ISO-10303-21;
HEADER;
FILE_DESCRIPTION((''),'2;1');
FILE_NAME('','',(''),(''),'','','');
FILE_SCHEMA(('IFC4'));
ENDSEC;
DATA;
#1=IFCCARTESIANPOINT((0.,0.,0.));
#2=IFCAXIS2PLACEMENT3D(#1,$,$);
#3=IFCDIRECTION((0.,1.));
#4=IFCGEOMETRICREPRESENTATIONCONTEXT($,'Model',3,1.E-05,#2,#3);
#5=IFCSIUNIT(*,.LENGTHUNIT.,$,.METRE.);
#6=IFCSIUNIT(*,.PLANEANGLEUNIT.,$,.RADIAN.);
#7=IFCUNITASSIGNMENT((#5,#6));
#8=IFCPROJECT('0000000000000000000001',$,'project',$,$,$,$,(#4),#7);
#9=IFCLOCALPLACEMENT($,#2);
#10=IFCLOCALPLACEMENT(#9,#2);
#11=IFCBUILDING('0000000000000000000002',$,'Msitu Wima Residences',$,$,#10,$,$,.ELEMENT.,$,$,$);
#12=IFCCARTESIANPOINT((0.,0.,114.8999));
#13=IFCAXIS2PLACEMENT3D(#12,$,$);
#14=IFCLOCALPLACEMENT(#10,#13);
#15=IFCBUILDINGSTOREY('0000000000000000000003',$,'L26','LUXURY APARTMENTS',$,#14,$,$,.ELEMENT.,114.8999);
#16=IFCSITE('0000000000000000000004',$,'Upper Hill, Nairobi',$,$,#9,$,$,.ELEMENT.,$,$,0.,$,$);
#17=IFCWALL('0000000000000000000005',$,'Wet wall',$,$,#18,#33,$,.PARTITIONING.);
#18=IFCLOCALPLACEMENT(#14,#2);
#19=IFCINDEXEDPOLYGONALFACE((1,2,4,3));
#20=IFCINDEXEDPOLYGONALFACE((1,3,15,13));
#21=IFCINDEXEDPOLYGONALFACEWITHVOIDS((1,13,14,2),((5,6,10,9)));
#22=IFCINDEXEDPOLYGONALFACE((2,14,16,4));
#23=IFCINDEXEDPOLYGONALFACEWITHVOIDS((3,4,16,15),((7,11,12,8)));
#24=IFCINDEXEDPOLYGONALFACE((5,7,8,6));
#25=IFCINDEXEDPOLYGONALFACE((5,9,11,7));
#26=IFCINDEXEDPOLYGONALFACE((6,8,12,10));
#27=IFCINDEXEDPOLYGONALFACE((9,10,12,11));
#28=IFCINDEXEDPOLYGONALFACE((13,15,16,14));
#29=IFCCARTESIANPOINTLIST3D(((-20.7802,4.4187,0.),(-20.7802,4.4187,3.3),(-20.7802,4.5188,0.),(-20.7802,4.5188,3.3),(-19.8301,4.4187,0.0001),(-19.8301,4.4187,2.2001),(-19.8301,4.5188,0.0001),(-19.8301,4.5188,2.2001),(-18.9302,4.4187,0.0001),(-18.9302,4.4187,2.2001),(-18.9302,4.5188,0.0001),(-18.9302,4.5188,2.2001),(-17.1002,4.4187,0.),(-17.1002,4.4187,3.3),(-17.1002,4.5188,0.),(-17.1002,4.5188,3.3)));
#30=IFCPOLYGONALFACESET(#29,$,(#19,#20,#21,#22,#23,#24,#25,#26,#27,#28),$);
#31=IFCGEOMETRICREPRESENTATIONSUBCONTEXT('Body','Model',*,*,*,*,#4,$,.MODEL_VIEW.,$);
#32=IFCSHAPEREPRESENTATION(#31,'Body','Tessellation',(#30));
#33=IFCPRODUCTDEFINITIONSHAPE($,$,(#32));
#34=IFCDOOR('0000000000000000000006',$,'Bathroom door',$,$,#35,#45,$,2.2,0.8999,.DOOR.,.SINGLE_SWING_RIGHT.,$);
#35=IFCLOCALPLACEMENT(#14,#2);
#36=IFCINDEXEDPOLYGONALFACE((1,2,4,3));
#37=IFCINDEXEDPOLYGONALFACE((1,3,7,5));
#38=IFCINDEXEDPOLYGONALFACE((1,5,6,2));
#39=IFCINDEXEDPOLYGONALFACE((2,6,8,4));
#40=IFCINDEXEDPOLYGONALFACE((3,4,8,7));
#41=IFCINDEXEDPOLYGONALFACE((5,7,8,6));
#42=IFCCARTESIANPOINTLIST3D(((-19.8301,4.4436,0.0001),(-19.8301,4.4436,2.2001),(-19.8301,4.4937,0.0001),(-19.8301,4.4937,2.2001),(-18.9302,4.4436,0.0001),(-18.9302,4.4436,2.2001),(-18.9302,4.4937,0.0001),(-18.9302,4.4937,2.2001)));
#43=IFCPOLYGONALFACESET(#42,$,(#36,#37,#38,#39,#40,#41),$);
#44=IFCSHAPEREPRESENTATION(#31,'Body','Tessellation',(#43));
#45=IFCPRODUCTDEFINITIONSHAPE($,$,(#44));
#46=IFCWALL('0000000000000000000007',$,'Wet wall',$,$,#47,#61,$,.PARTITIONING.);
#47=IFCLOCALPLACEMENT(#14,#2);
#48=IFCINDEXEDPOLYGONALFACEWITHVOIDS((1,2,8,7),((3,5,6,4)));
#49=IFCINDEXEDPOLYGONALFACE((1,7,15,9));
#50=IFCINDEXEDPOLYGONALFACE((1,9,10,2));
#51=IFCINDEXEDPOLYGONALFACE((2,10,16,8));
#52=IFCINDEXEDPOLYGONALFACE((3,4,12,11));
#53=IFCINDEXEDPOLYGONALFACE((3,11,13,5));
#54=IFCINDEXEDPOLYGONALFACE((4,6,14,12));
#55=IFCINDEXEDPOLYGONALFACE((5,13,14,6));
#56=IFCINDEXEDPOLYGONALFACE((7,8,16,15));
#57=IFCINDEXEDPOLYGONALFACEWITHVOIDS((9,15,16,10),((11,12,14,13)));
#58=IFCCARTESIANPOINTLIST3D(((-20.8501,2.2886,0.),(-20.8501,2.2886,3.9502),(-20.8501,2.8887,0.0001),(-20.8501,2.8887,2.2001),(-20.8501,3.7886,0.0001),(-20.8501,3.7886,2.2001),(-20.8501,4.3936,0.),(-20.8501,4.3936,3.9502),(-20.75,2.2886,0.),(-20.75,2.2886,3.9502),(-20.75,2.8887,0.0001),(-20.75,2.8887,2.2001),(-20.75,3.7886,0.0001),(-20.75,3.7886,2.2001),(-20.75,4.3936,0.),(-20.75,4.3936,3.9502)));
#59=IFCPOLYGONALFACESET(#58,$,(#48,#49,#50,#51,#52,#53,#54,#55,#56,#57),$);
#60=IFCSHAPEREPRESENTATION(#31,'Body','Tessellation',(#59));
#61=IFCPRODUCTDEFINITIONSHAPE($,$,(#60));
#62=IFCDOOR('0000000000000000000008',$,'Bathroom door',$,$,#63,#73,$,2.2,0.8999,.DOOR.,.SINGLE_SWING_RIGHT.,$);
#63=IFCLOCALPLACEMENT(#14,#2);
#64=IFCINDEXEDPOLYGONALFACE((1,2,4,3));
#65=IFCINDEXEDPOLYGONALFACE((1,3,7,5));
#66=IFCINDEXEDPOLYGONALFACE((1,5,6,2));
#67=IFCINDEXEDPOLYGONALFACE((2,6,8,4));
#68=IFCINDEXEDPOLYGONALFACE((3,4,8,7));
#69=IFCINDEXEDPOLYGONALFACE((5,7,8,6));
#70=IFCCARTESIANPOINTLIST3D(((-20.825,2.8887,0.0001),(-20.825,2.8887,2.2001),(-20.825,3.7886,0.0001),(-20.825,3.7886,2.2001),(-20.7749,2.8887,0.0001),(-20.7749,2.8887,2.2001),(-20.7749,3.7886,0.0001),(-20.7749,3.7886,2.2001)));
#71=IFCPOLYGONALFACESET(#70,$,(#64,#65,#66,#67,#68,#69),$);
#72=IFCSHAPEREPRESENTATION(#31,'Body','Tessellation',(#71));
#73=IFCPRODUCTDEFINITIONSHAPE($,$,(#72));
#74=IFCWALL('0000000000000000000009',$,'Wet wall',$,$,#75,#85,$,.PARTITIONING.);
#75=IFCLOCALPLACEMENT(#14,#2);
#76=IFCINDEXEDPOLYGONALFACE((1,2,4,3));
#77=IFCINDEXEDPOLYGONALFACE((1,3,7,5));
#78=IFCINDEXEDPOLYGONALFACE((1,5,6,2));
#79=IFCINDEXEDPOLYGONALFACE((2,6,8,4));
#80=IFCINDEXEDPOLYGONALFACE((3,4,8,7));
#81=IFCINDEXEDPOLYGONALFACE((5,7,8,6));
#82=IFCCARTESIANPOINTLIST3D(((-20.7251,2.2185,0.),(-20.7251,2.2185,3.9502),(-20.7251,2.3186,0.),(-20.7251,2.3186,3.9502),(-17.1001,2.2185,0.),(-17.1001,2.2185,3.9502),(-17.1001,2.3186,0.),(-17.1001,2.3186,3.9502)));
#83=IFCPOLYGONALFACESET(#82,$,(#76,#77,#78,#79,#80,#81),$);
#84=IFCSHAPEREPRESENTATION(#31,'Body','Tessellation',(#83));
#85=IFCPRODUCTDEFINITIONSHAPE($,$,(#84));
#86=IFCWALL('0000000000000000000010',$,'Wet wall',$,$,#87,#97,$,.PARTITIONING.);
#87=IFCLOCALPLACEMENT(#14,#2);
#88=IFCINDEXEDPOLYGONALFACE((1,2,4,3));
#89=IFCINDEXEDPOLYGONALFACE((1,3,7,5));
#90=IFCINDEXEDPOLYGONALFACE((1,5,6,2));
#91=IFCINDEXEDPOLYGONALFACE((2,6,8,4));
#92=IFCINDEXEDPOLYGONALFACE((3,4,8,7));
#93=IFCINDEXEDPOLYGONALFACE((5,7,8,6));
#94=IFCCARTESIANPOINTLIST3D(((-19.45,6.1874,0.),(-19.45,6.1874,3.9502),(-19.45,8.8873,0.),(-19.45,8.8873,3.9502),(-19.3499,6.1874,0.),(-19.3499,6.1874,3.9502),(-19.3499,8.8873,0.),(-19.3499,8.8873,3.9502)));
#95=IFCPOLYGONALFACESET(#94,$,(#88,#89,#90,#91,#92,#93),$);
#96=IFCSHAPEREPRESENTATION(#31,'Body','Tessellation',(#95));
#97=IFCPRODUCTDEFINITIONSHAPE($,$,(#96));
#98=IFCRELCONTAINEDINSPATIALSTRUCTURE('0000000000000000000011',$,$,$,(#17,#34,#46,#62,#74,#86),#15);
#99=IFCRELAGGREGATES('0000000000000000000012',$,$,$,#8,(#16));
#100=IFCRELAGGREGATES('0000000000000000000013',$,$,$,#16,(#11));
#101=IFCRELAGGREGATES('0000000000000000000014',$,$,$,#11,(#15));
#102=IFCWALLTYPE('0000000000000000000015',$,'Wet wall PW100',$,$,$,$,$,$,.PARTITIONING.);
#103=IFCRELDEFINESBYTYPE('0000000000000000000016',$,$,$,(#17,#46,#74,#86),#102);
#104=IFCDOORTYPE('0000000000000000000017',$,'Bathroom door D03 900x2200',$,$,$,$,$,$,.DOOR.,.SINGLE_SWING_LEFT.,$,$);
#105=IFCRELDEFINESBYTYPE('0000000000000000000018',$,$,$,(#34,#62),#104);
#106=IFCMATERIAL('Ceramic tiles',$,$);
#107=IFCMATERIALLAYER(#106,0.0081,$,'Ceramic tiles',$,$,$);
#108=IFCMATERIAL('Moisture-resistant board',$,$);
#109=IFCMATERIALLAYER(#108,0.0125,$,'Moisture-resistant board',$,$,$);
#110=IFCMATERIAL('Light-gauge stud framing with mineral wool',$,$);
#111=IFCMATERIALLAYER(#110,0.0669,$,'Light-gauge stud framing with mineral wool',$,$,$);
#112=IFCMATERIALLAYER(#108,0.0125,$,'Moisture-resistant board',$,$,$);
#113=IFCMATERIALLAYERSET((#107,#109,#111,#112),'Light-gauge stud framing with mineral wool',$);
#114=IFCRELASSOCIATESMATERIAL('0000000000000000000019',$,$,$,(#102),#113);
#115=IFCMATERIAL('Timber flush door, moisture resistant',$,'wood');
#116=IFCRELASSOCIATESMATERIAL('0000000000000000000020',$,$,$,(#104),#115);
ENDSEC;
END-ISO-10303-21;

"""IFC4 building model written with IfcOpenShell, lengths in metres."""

from ifc_helpers import new_model, si_unit, direction, frame, frame_2d, origin, place, context, subcontext, project, spatial, rectangle, extrude, material, layer, layer_set, type_object, element, fill, save


model = new_model("IFC4")

# Units and contexts
model_context = context("Model", 3, precision=1e-05, world=origin(), true_north=direction((0.0, 1.0)))
body_context = subcontext(model_context, "Body", "Model", "MODEL_VIEW")
ifc_project = project(units=[si_unit("LENGTHUNIT", "METRE"), si_unit("PLANEANGLEUNIT", "RADIAN")], contexts=[model_context])

# Site, building, storey
site_placement = place(None, origin())
site = spatial("IfcSite", under=ifc_project, at=site_placement, Name="Upper Hill, Nairobi", CompositionType="ELEMENT", RefElevation=0.0)
building_placement = place(site_placement, origin())
building = spatial("IfcBuilding", under=site, at=building_placement, Name="Msitu Wima Residences", CompositionType="ELEMENT")
storey_placement = place(building_placement, frame((0.0, 0.0, 114.8999)))
storey = spatial("IfcBuildingStorey", under=building, at=storey_placement, Name="L26", Description="LUXURY APARTMENTS", CompositionType="ELEMENT", Elevation=114.8999)

# Shared definitions
ifc_material_1 = material(Name="Ceramic tiles")
ifc_layer_1 = layer(ifc_material_1, 0.0081, Name="Ceramic tiles")
ifc_material_2 = material(Name="Moisture-resistant board")
ifc_layer_2 = layer(ifc_material_2, 0.0125, Name="Moisture-resistant board")
ifc_material_3 = material(Name="Light-gauge stud framing with mineral wool")
ifc_layer_3 = layer(ifc_material_3, 0.0669, Name="Light-gauge stud framing with mineral wool")
ifc_layer_4 = layer(ifc_material_2, 0.0125, Name="Moisture-resistant board")
ifc_layer_set_1 = layer_set([ifc_layer_1, ifc_layer_2, ifc_layer_3, ifc_layer_4], Name="Light-gauge stud framing with mineral wool")
wall_type_1 = type_object("IfcWallType", Name="Wet wall PW100", PredefinedType="PARTITIONING", material=ifc_layer_set_1)

# Shared definitions
ifc_material_4 = material(Name="Timber flush door, moisture resistant", Category="wood")
door_type_1 = type_object("IfcDoorType", Name="Bathroom door D03 900x2200", OperationType="SINGLE_SWING_LEFT", PredefinedType="DOOR", material=ifc_material_4)

# Walls, openings, doors
wall_1_placement = place(storey_placement, frame((-20.78, 4.4688, 0.0), z_axis=(0.0, 0.0, 1.0), x_axis=(1.0, 0.0, 0.0)))
wall_1 = element("IfcWall", 1, at=wall_1_placement, inside=storey, type_object=wall_type_1, Name="Wet wall", PredefinedType="PARTITIONING", context=body_context, shape_type="SweptSolid", body=[
    extrude(rectangle(XDim=3.6799, YDim=0.1001, at=frame_2d((1.8398, 0.0))), origin(), (0.0, 0.0, 1.0), 3.3),
])
opening_1_placement = place(wall_1_placement, frame((0.95, 0.0, 0.0)))
opening_1 = element("IfcOpeningElement", 2, at=opening_1_placement, cuts=wall_1, PredefinedType="OPENING", context=body_context, shape_type="SweptSolid", body=[
    extrude(rectangle(XDim=0.8999, YDim=2.2, at=frame_2d((0.45, 1.1001))), frame((0.0, 0.0601, 0.0), z_axis=(0.0, -1.0, 0.0), x_axis=(1.0, 0.0, 0.0)), (0.0, 0.0, 1.0), 0.1201),
])
door_1_placement = place(opening_1_placement, origin())
door_1 = element("IfcDoor", 3, at=door_1_placement, inside=storey, type_object=door_type_1, Name="Bathroom door", OperationType="SINGLE_SWING_RIGHT", OverallHeight=2.2, OverallWidth=0.8999, PredefinedType="DOOR", context=body_context, shape_type="SweptSolid", body=[
    extrude(rectangle(XDim=0.8999, YDim=2.2, at=frame_2d((0.45, 1.1001))), frame((0.0, 0.0249, 0.0), z_axis=(0.0, -1.0, 0.0), x_axis=(1.0, 0.0, 0.0)), (0.0, 0.0, 1.0), 0.05),
])
fill(opening_1, door_1)
wall_2_placement = place(storey_placement, frame((-20.8, 2.2886, 0.0), z_axis=(0.0, 0.0, 1.0), x_axis=(0.0, 1.0, 0.0)))
wall_2 = element("IfcWall", 4, at=wall_2_placement, inside=storey, type_object=wall_type_1, Name="Wet wall", PredefinedType="PARTITIONING", context=body_context, shape_type="SweptSolid", body=[
    extrude(rectangle(XDim=2.105, YDim=0.1001, at=frame_2d((1.0525, 0.0))), origin(), (0.0, 0.0, 1.0), 3.9502),
])
opening_2_placement = place(wall_2_placement, frame((0.6001, 0.0, 0.0)))
opening_2 = element("IfcOpeningElement", 5, at=opening_2_placement, cuts=wall_2, PredefinedType="OPENING", context=body_context, shape_type="SweptSolid", body=[
    extrude(rectangle(XDim=0.8999, YDim=2.2, at=frame_2d((0.45, 1.1001))), frame((0.0, 0.0601, 0.0), z_axis=(0.0, -1.0, 0.0), x_axis=(1.0, 0.0, 0.0)), (0.0, 0.0, 1.0), 0.1201),
])
door_2_placement = place(opening_2_placement, origin())
door_2 = element("IfcDoor", 6, at=door_2_placement, inside=storey, type_object=door_type_1, Name="Bathroom door", OperationType="SINGLE_SWING_RIGHT", OverallHeight=2.2, OverallWidth=0.8999, PredefinedType="DOOR", context=body_context, shape_type="SweptSolid", body=[
    extrude(rectangle(XDim=0.8999, YDim=2.2, at=frame_2d((0.45, 1.1001))), frame((0.0, 0.0249, 0.0), z_axis=(0.0, -1.0, 0.0), x_axis=(1.0, 0.0, 0.0)), (0.0, 0.0, 1.0), 0.05),
])
fill(opening_2, door_2)

# Walls
wall_3_placement = place(storey_placement, frame((-20.7251, 2.2686, 0.0), z_axis=(0.0, 0.0, 1.0), x_axis=(1.0, 0.0, 0.0)))
element("IfcWall", 7, at=wall_3_placement, inside=storey, type_object=wall_type_1, Name="Wet wall", PredefinedType="PARTITIONING", context=body_context, shape_type="SweptSolid", body=[
    extrude(rectangle(XDim=3.625, YDim=0.1001, at=frame_2d((1.8125, 0.0))), origin(), (0.0, 0.0, 1.0), 3.9502),
])
wall_4_placement = place(storey_placement, frame((-19.3999, 6.1873, 0.0), z_axis=(0.0, 0.0, 1.0), x_axis=(0.0, 1.0, 0.0)))
element("IfcWall", 8, at=wall_4_placement, inside=storey, type_object=wall_type_1, Name="Wet wall", PredefinedType="PARTITIONING", context=body_context, shape_type="SweptSolid", body=[
    extrude(rectangle(XDim=2.7, YDim=0.1001, at=frame_2d((1.3501, 0.0))), origin(), (0.0, 0.0, 1.0), 3.9502),
])

save(model, "model.ifc")
